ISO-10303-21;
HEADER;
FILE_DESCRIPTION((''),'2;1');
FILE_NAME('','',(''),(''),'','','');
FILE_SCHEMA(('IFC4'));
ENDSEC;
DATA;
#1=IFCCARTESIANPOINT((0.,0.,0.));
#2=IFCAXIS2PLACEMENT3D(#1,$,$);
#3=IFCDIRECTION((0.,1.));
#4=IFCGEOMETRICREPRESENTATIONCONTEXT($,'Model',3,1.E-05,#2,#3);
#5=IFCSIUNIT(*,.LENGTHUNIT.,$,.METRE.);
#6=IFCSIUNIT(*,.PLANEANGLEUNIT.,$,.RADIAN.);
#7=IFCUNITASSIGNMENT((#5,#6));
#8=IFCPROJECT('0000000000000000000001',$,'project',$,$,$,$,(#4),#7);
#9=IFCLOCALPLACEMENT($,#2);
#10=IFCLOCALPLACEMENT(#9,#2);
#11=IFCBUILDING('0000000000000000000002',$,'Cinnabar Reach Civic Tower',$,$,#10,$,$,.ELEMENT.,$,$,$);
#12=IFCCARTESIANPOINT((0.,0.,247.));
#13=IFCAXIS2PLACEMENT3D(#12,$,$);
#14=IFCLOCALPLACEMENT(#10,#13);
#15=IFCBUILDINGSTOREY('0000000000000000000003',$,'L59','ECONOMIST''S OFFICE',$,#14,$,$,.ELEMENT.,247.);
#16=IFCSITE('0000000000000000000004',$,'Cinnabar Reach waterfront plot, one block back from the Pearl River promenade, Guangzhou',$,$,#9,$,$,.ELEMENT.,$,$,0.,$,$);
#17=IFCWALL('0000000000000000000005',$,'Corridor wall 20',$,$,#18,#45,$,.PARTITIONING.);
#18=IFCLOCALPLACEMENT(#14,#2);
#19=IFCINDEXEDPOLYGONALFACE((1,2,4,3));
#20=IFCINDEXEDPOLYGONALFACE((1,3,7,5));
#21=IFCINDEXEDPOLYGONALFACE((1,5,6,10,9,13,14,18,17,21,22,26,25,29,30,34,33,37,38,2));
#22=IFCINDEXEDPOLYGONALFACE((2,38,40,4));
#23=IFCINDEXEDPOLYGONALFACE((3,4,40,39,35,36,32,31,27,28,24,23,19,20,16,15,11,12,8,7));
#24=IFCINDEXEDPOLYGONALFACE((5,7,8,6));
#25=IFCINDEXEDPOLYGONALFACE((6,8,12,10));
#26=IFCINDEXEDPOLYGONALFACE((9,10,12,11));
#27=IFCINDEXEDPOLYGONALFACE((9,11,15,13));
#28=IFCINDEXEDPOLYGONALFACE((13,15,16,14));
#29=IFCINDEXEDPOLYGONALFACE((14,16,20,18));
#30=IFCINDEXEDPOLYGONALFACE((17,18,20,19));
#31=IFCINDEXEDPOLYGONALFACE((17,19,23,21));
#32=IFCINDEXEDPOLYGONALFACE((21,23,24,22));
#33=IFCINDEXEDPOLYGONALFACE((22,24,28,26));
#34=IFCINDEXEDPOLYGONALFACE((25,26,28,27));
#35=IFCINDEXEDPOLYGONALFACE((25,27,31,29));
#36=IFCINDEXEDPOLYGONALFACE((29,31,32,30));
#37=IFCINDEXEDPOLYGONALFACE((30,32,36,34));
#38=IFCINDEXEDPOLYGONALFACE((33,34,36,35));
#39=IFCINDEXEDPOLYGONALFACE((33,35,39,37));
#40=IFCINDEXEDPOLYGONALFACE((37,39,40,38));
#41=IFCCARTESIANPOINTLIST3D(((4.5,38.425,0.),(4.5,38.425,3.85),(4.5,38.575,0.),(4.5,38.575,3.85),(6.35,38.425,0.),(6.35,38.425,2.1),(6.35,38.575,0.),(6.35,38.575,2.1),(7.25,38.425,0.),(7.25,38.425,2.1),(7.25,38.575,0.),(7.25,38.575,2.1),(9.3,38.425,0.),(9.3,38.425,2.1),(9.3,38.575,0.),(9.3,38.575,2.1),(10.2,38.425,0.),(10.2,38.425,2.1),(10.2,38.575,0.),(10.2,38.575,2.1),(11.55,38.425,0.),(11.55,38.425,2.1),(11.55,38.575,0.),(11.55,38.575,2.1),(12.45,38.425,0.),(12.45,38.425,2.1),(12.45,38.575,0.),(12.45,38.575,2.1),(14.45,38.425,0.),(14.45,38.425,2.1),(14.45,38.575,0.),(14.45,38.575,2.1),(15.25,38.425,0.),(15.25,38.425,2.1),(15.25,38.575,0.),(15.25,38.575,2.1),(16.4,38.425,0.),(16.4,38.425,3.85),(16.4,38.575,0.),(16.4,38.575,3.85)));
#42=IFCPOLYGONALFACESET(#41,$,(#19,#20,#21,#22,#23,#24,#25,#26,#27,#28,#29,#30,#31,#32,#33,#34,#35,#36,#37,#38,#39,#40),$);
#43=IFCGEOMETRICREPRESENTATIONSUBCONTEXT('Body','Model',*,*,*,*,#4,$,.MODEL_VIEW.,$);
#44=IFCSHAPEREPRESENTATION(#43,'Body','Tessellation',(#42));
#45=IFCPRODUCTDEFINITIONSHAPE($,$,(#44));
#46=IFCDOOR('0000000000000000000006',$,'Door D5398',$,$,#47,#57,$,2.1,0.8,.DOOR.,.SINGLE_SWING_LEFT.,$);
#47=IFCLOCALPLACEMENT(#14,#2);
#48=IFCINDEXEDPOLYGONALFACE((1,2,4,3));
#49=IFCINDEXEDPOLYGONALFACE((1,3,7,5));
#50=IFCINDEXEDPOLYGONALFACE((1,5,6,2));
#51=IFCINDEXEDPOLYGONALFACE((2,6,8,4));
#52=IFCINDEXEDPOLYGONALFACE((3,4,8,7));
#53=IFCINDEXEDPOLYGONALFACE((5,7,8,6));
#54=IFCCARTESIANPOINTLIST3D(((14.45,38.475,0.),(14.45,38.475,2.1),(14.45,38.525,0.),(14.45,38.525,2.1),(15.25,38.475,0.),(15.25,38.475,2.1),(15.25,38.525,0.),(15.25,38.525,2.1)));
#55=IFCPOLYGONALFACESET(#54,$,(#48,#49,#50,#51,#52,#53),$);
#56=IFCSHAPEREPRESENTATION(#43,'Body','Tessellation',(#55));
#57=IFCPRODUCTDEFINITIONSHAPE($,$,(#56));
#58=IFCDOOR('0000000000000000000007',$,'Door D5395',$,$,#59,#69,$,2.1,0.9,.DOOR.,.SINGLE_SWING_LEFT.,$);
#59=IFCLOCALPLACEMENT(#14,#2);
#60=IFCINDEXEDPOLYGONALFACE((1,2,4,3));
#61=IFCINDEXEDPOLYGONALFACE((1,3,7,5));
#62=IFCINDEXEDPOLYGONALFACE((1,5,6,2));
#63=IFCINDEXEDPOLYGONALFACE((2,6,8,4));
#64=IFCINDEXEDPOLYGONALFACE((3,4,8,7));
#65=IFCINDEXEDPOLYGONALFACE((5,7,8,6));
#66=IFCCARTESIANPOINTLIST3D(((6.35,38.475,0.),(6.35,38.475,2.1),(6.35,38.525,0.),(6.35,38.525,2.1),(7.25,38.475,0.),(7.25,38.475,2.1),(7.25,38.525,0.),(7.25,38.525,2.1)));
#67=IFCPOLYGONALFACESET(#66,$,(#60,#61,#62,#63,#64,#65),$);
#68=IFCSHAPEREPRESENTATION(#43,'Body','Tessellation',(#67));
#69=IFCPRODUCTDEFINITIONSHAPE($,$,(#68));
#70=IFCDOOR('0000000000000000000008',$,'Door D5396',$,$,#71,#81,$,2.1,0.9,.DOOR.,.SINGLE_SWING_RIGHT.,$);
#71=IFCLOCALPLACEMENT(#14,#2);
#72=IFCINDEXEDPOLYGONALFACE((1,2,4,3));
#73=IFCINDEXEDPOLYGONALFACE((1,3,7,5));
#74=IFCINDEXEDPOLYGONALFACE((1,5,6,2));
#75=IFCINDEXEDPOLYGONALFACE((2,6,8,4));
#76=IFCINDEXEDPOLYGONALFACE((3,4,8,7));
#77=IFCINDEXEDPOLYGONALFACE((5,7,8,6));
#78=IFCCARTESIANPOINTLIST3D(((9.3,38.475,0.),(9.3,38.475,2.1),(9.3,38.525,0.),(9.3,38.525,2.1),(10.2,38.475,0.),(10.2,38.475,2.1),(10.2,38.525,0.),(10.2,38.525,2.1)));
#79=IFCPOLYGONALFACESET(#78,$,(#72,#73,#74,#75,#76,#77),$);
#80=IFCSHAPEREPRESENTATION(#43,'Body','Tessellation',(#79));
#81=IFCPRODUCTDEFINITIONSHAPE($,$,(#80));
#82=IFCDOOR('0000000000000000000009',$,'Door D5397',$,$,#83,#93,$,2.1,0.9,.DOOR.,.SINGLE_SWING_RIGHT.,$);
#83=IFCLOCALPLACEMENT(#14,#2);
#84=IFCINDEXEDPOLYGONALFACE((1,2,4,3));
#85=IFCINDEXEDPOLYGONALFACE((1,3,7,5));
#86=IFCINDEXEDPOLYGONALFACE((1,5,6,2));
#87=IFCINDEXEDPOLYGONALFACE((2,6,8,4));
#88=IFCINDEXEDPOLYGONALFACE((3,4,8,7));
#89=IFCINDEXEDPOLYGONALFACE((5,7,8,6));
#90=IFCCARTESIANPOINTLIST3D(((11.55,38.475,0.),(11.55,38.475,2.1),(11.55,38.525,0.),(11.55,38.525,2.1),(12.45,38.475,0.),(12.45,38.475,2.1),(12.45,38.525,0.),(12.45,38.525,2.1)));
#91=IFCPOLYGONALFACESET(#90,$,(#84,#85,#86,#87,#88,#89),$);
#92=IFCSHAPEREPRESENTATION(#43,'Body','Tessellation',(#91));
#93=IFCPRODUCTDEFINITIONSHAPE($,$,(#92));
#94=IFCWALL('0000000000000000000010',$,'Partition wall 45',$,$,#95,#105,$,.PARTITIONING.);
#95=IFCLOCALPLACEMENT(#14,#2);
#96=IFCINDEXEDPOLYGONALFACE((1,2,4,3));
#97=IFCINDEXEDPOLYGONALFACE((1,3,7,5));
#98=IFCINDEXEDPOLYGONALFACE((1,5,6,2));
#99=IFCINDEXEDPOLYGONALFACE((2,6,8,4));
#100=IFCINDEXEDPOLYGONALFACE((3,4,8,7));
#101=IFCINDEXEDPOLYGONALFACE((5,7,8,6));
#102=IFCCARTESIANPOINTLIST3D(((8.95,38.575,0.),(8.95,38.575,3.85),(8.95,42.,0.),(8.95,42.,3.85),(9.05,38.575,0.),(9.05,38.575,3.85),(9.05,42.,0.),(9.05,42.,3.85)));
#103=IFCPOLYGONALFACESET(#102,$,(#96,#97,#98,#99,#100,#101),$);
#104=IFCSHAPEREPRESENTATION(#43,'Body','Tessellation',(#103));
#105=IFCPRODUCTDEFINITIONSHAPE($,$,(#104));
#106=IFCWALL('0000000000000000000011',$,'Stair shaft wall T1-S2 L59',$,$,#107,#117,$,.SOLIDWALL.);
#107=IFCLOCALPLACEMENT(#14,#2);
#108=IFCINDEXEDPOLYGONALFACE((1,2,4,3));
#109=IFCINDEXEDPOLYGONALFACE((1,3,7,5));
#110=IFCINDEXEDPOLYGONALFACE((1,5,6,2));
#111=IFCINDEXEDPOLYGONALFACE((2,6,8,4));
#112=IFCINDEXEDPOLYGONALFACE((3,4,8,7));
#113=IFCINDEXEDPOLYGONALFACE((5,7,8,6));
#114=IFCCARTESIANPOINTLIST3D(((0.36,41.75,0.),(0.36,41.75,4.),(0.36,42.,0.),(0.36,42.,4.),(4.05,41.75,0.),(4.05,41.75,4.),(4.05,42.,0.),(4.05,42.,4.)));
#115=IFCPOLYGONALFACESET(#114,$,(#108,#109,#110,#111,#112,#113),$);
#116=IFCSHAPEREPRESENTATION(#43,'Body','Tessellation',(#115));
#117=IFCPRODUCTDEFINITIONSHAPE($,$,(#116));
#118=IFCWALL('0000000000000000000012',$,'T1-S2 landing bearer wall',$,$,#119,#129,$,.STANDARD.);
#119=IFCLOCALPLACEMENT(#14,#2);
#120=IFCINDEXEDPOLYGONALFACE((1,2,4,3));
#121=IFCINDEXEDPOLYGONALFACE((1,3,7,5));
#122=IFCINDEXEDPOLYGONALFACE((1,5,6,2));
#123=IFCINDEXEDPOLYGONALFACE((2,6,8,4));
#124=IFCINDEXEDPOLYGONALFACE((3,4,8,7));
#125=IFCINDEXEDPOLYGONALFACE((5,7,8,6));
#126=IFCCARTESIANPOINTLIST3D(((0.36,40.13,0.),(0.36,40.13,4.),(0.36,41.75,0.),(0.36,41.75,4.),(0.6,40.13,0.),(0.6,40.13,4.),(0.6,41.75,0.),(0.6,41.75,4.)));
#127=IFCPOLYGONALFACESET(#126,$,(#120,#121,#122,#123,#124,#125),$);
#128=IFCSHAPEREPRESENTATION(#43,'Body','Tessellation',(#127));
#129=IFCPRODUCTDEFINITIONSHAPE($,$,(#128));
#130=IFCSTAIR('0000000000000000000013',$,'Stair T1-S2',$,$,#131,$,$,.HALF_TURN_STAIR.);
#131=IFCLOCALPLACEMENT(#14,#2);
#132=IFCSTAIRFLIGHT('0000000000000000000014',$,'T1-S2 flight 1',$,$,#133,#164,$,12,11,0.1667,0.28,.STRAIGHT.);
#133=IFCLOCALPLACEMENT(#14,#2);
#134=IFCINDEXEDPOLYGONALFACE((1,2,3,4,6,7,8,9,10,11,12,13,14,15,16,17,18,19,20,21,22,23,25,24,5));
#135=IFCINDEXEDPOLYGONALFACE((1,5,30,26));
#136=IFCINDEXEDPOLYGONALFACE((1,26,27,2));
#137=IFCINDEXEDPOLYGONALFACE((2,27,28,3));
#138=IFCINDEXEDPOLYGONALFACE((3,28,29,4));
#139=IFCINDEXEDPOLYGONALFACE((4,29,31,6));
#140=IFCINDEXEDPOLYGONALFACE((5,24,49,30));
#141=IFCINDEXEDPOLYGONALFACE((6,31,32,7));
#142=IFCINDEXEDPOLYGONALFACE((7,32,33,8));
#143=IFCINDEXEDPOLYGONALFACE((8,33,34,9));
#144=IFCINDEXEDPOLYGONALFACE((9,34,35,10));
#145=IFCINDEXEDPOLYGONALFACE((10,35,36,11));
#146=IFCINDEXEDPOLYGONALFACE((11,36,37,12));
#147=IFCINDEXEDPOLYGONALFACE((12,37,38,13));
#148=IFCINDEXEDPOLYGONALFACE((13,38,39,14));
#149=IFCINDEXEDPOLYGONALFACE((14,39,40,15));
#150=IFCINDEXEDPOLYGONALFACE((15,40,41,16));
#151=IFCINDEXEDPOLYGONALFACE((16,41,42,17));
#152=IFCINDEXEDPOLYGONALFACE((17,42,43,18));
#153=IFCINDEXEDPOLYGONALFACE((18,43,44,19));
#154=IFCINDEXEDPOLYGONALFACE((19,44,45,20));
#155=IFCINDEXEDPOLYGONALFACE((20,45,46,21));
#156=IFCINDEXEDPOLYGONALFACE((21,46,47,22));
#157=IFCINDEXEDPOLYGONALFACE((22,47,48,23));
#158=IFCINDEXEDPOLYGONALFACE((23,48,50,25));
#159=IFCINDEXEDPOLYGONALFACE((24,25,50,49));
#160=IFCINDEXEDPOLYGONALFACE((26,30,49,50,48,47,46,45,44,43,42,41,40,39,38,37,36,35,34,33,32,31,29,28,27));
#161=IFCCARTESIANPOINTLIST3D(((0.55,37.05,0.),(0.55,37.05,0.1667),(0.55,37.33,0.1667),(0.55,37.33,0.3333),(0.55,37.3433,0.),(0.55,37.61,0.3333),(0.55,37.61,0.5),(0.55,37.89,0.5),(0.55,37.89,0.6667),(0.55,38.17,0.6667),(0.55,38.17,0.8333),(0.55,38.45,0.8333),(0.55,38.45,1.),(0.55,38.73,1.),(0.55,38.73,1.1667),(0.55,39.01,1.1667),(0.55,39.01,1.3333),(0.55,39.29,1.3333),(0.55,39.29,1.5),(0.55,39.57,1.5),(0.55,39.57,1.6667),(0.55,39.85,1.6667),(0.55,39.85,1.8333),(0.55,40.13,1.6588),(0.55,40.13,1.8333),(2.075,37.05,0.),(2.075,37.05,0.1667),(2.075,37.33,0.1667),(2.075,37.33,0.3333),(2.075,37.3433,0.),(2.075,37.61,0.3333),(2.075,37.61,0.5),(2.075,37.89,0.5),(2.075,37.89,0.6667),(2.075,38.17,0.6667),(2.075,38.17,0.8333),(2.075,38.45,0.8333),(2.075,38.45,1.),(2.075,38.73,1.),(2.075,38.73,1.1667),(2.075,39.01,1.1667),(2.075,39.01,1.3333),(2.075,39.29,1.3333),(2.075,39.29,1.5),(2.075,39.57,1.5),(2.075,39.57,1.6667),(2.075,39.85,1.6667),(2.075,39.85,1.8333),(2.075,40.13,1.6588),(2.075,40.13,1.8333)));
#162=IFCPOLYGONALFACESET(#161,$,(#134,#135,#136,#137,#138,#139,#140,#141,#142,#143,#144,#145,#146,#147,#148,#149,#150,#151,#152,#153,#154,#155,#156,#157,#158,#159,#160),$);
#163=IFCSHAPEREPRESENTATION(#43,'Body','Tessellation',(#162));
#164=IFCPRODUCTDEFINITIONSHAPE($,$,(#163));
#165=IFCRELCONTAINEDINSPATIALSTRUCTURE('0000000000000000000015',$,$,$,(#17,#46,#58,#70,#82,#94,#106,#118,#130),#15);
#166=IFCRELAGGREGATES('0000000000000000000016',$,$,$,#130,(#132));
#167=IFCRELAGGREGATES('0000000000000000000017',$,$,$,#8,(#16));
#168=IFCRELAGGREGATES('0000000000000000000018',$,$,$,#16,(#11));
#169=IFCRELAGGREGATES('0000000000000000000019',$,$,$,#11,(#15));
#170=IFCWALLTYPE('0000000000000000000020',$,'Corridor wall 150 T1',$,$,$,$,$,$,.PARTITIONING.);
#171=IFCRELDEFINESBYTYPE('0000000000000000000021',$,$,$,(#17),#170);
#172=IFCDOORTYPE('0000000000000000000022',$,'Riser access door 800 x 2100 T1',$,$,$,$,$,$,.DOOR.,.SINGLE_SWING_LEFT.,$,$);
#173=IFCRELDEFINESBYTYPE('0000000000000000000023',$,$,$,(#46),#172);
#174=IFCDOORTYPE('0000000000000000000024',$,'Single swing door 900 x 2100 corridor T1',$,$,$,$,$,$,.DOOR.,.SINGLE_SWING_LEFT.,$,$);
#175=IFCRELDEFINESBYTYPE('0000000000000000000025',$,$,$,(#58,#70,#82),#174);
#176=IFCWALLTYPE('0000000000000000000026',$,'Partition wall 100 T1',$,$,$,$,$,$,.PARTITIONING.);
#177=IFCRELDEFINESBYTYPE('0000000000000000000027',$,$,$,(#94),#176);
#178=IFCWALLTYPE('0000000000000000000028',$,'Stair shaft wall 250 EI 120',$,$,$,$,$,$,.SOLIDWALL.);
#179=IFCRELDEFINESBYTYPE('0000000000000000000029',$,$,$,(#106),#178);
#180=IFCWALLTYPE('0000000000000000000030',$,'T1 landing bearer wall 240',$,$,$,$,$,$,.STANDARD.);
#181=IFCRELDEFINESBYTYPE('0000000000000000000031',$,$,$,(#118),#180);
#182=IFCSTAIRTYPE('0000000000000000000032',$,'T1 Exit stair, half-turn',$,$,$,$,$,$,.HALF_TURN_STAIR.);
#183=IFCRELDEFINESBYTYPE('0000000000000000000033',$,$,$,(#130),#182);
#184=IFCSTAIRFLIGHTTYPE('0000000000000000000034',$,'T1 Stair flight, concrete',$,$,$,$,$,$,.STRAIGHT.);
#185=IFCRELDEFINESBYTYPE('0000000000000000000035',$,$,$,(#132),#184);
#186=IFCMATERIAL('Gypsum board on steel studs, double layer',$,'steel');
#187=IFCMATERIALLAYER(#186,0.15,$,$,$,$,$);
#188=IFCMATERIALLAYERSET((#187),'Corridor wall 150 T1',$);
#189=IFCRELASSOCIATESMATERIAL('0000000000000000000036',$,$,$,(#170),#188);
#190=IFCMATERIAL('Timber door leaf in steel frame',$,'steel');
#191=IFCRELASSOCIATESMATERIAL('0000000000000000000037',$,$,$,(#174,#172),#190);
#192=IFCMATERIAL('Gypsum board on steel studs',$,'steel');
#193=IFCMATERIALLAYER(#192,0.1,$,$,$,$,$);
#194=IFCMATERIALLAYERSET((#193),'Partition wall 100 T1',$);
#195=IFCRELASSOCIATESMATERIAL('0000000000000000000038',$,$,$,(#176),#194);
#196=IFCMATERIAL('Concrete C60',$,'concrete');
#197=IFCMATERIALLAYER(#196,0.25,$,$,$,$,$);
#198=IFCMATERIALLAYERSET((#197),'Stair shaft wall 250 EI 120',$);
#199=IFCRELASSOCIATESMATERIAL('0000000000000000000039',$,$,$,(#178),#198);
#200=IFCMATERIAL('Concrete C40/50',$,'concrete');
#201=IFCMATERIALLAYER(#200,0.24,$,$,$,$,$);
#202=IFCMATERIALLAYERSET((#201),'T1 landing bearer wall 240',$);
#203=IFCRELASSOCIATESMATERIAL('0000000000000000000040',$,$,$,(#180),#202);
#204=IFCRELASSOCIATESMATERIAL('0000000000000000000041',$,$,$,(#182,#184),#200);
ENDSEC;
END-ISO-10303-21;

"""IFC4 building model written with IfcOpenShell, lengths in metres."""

from ifc_helpers import new_model, si_unit, direction, frame, frame_2d, origin, place, context, subcontext, project, spatial, polyline, rectangle, outline, extrude, material, layer, layer_set, type_object, element, fill, aggregate, save


model = new_model("IFC4")

# Units and contexts
model_context = context("Model", 3, precision=1e-05, world=origin(), true_north=direction((0.0, 1.0)))
body_context = subcontext(model_context, "Body", "Model", "MODEL_VIEW")
ifc_project = project(units=[si_unit("LENGTHUNIT", "METRE"), si_unit("PLANEANGLEUNIT", "RADIAN")], contexts=[model_context])

# Site, building, storey
site_placement = place(None, origin())
site = spatial("IfcSite", under=ifc_project, at=site_placement, Name="Cinnabar Reach waterfront plot, one block back from the Pearl River promenade, Guangzhou", CompositionType="ELEMENT", RefElevation=0.0)
building_placement = place(site_placement, origin())
building = spatial("IfcBuilding", under=site, at=building_placement, Name="Cinnabar Reach Civic Tower", CompositionType="ELEMENT")
storey_placement = place(building_placement, frame((0.0, 0.0, 247.0)))
storey = spatial("IfcBuildingStorey", under=building, at=storey_placement, Name="L59", Description="ECONOMIST'S OFFICE", CompositionType="ELEMENT", Elevation=247.0)

# Shared definitions
ifc_material_1 = material(Name="Concrete C60", Category="concrete")

# Shared definitions
ifc_material_2 = material(Name="Timber door leaf in steel frame", Category="steel")

# Wall, openings, doors
ifc_material_3 = material(Name="Gypsum board on steel studs, double layer", Category="steel")
ifc_layer_1 = layer(ifc_material_3, 0.15)
ifc_layer_set_1 = layer_set([ifc_layer_1], Name="Corridor wall 150 T1")
wall_type_1 = type_object("IfcWallType", Name="Corridor wall 150 T1", PredefinedType="PARTITIONING", material=ifc_layer_set_1)
door_type_1 = type_object("IfcDoorType", Name="Single swing door 900 x 2100 corridor T1", OperationType="SINGLE_SWING_LEFT", PredefinedType="DOOR", material=ifc_material_2)
wall_1_placement = place(storey_placement, frame((4.5, 38.5, 0.0), z_axis=(0.0, 0.0, 1.0), x_axis=(1.0, 0.0, 0.0)))
wall_1 = element("IfcWall", 1, at=wall_1_placement, inside=storey, type_object=wall_type_1, Name="Corridor wall 20", PredefinedType="PARTITIONING", context=body_context, shape_type="SweptSolid", body=[
    extrude(rectangle(XDim=11.9, YDim=0.15, at=frame_2d((5.95, 0.0))), origin(), (0.0, 0.0, 1.0), 3.85),
])
opening_1_placement = place(wall_1_placement, frame((1.85, 0.0, 0.0)))
opening_1 = element("IfcOpeningElement", 2, at=opening_1_placement, cuts=wall_1, PredefinedType="OPENING", context=body_context, shape_type="SweptSolid", body=[
    extrude(rectangle(XDim=0.9, YDim=2.1, at=frame_2d((0.45, 1.05))), frame((0.0, 0.085, 0.0), z_axis=(0.0, -1.0, 0.0), x_axis=(1.0, 0.0, 0.0)), (0.0, 0.0, 1.0), 0.17),
])
opening_2_placement = place(wall_1_placement, frame((4.8, 0.0, 0.0)))
opening_2 = element("IfcOpeningElement", 3, at=opening_2_placement, cuts=wall_1, PredefinedType="OPENING", context=body_context, shape_type="SweptSolid", body=[
    extrude(rectangle(XDim=0.9, YDim=2.1, at=frame_2d((0.45, 1.05))), frame((0.0, 0.085, 0.0), z_axis=(0.0, -1.0, 0.0), x_axis=(1.0, 0.0, 0.0)), (0.0, 0.0, 1.0), 0.17),
])
opening_3_placement = place(wall_1_placement, frame((7.05, 0.0, 0.0)))
opening_3 = element("IfcOpeningElement", 4, at=opening_3_placement, cuts=wall_1, PredefinedType="OPENING", context=body_context, shape_type="SweptSolid", body=[
    extrude(rectangle(XDim=0.9, YDim=2.1, at=frame_2d((0.45, 1.05))), frame((0.0, 0.085, 0.0), z_axis=(0.0, -1.0, 0.0), x_axis=(1.0, 0.0, 0.0)), (0.0, 0.0, 1.0), 0.17),
])
opening_4_placement = place(wall_1_placement, frame((9.95, 0.0, 0.0)))
opening_4 = element("IfcOpeningElement", 5, at=opening_4_placement, cuts=wall_1, PredefinedType="OPENING", context=body_context, shape_type="SweptSolid", body=[
    extrude(rectangle(XDim=0.8, YDim=2.1, at=frame_2d((0.4, 1.05))), frame((0.0, 0.085, 0.0), z_axis=(0.0, -1.0, 0.0), x_axis=(1.0, 0.0, 0.0)), (0.0, 0.0, 1.0), 0.17),
])
door_type_2 = type_object("IfcDoorType", Name="Riser access door 800 x 2100 T1", OperationType="SINGLE_SWING_LEFT", PredefinedType="DOOR", material=ifc_material_2)
door_1_placement = place(opening_4_placement, origin())
door_1 = element("IfcDoor", 6, at=door_1_placement, inside=storey, type_object=door_type_2, Name="Door D5398", OperationType="SINGLE_SWING_LEFT", OverallHeight=2.1, OverallWidth=0.8, PredefinedType="DOOR", context=body_context, shape_type="SweptSolid", body=[
    extrude(rectangle(XDim=0.8, YDim=2.1, at=frame_2d((0.4, 1.05))), frame((0.0, 0.025, 0.0), z_axis=(0.0, -1.0, 0.0), x_axis=(1.0, 0.0, 0.0)), (0.0, 0.0, 1.0), 0.05),
])
fill(opening_4, door_1)
door_2_placement = place(opening_1_placement, origin())
door_2 = element("IfcDoor", 7, at=door_2_placement, inside=storey, type_object=door_type_1, Name="Door D5395", OperationType="SINGLE_SWING_LEFT", OverallHeight=2.1, OverallWidth=0.9, PredefinedType="DOOR", context=body_context, shape_type="SweptSolid", body=[
    extrude(rectangle(XDim=0.9, YDim=2.1, at=frame_2d((0.45, 1.05))), frame((0.0, 0.025, 0.0), z_axis=(0.0, -1.0, 0.0), x_axis=(1.0, 0.0, 0.0)), (0.0, 0.0, 1.0), 0.05),
])
fill(opening_1, door_2)
door_3_placement = place(opening_2_placement, origin())
door_3 = element("IfcDoor", 8, at=door_3_placement, inside=storey, type_object=door_type_1, Name="Door D5396", OperationType="SINGLE_SWING_RIGHT", OverallHeight=2.1, OverallWidth=0.9, PredefinedType="DOOR", context=body_context, shape_type="SweptSolid", body=[
    extrude(rectangle(XDim=0.9, YDim=2.1, at=frame_2d((0.45, 1.05))), frame((0.0, 0.025, 0.0), z_axis=(0.0, -1.0, 0.0), x_axis=(1.0, 0.0, 0.0)), (0.0, 0.0, 1.0), 0.05),
])
fill(opening_2, door_3)
door_4_placement = place(opening_3_placement, origin())
door_4 = element("IfcDoor", 9, at=door_4_placement, inside=storey, type_object=door_type_1, Name="Door D5397", OperationType="SINGLE_SWING_RIGHT", OverallHeight=2.1, OverallWidth=0.9, PredefinedType="DOOR", context=body_context, shape_type="SweptSolid", body=[
    extrude(rectangle(XDim=0.9, YDim=2.1, at=frame_2d((0.45, 1.05))), frame((0.0, 0.025, 0.0), z_axis=(0.0, -1.0, 0.0), x_axis=(1.0, 0.0, 0.0)), (0.0, 0.0, 1.0), 0.05),
])
fill(opening_3, door_4)

# Walls
ifc_material_4 = material(Name="Gypsum board on steel studs", Category="steel")
ifc_layer_2 = layer(ifc_material_4, 0.1)
ifc_layer_set_2 = layer_set([ifc_layer_2], Name="Partition wall 100 T1")
wall_type_2 = type_object("IfcWallType", Name="Partition wall 100 T1", PredefinedType="PARTITIONING", material=ifc_layer_set_2)
wall_2_placement = place(storey_placement, frame((9.0, 38.575, 0.0), z_axis=(0.0, 0.0, 1.0), x_axis=(0.0, 1.0, 0.0)))
element("IfcWall", 10, at=wall_2_placement, inside=storey, type_object=wall_type_2, Name="Partition wall 45", PredefinedType="PARTITIONING", context=body_context, shape_type="SweptSolid", body=[
    extrude(rectangle(XDim=3.425, YDim=0.1, at=frame_2d((1.7125, 0.0))), origin(), (0.0, 0.0, 1.0), 3.85),
])
ifc_layer_3 = layer(ifc_material_1, 0.25)
ifc_layer_set_3 = layer_set([ifc_layer_3], Name="Stair shaft wall 250 EI 120")
wall_type_3 = type_object("IfcWallType", Name="Stair shaft wall 250 EI 120", PredefinedType="SOLIDWALL", material=ifc_layer_set_3)
wall_3_placement = place(storey_placement, frame((4.05, 41.875, 0.0), z_axis=(0.0, 0.0, 1.0), x_axis=(-1.0, 0.0, 0.0)))
element("IfcWall", 11, at=wall_3_placement, inside=storey, type_object=wall_type_3, Name="Stair shaft wall T1-S2 L59", PredefinedType="SOLIDWALL", context=body_context, shape_type="SweptSolid", body=[
    extrude(rectangle(XDim=3.69, YDim=0.25, at=frame_2d((1.845, 0.0))), origin(), (0.0, 0.0, 1.0), 4.0),
])
ifc_material_5 = material(Name="Concrete C40/50", Category="concrete")
ifc_layer_4 = layer(ifc_material_5, 0.24)
ifc_layer_set_4 = layer_set([ifc_layer_4], Name="T1 landing bearer wall 240")
wall_type_4 = type_object("IfcWallType", Name="T1 landing bearer wall 240", PredefinedType="STANDARD", material=ifc_layer_set_4)
wall_4_placement = place(storey_placement, frame((0.48, 40.13, 0.0), z_axis=(0.0, 0.0, 1.0), x_axis=(0.0, 1.0, 0.0)))
element("IfcWall", 12, at=wall_4_placement, inside=storey, type_object=wall_type_4, Name="T1-S2 landing bearer wall", PredefinedType="STANDARD", context=body_context, shape_type="SweptSolid", body=[
    extrude(rectangle(XDim=1.62, YDim=0.24, at=frame_2d((0.81, 0.0))), origin(), (0.0, 0.0, 1.0), 4.0),
])

# Stair, stair flight
stair_type = type_object("IfcStairType", Name="T1 Exit stair, half-turn", PredefinedType="HALF_TURN_STAIR", material=ifc_material_5)
stair_placement = place(storey_placement, origin())
stair = element("IfcStair", 13, at=stair_placement, inside=storey, type_object=stair_type, Name="Stair T1-S2", PredefinedType="HALF_TURN_STAIR")
stair_flight_type = type_object("IfcStairFlightType", Name="T1 Stair flight, concrete", PredefinedType="STRAIGHT", material=ifc_material_5)
stair_flight_1_placement = place(storey_placement, frame((1.3125, 37.05, 0.0), z_axis=(0.0, 0.0, 1.0), x_axis=(0.0, 1.0, 0.0)))
stair_flight_1 = element("IfcStairFlight", 14, at=stair_flight_1_placement, type_object=stair_flight_type, Name="T1-S2 flight 1", NumberOfRisers=12, NumberOfTreads=11, PredefinedType="STRAIGHT", RiserHeight=0.1667, TreadLength=0.28, context=body_context, shape_type="SweptSolid", body=[
    extrude(outline(polyline([(0.0, 0.0), (0.0, 0.1667), (0.28, 0.1667), (0.28, 0.3333), (0.56, 0.3333), (0.56, 0.5), (0.84, 0.5), (0.84, 0.6667), (1.12, 0.6667), (1.12, 0.8333), (1.4, 0.8333), (1.4, 1.0), (1.68, 1.0), (1.68, 1.1667), (1.96, 1.1667), (1.96, 1.3333), (2.24, 1.3333), (2.24, 1.5), (2.52, 1.5), (2.52, 1.6667), (2.8, 1.6667), (2.8, 1.8333), (3.08, 1.8333), (3.08, 2.0), (3.08, 1.6588), (0.2933, 0.0), (0.0, 0.0)])), frame((0.0, 0.7625, 0.0), z_axis=(0.0, -1.0, 0.0), x_axis=(1.0, 0.0, 0.0)), (0.0, 0.0, 1.0), 1.525),
])
aggregate(stair, [stair_flight_1])

save(model, "model.ifc")
